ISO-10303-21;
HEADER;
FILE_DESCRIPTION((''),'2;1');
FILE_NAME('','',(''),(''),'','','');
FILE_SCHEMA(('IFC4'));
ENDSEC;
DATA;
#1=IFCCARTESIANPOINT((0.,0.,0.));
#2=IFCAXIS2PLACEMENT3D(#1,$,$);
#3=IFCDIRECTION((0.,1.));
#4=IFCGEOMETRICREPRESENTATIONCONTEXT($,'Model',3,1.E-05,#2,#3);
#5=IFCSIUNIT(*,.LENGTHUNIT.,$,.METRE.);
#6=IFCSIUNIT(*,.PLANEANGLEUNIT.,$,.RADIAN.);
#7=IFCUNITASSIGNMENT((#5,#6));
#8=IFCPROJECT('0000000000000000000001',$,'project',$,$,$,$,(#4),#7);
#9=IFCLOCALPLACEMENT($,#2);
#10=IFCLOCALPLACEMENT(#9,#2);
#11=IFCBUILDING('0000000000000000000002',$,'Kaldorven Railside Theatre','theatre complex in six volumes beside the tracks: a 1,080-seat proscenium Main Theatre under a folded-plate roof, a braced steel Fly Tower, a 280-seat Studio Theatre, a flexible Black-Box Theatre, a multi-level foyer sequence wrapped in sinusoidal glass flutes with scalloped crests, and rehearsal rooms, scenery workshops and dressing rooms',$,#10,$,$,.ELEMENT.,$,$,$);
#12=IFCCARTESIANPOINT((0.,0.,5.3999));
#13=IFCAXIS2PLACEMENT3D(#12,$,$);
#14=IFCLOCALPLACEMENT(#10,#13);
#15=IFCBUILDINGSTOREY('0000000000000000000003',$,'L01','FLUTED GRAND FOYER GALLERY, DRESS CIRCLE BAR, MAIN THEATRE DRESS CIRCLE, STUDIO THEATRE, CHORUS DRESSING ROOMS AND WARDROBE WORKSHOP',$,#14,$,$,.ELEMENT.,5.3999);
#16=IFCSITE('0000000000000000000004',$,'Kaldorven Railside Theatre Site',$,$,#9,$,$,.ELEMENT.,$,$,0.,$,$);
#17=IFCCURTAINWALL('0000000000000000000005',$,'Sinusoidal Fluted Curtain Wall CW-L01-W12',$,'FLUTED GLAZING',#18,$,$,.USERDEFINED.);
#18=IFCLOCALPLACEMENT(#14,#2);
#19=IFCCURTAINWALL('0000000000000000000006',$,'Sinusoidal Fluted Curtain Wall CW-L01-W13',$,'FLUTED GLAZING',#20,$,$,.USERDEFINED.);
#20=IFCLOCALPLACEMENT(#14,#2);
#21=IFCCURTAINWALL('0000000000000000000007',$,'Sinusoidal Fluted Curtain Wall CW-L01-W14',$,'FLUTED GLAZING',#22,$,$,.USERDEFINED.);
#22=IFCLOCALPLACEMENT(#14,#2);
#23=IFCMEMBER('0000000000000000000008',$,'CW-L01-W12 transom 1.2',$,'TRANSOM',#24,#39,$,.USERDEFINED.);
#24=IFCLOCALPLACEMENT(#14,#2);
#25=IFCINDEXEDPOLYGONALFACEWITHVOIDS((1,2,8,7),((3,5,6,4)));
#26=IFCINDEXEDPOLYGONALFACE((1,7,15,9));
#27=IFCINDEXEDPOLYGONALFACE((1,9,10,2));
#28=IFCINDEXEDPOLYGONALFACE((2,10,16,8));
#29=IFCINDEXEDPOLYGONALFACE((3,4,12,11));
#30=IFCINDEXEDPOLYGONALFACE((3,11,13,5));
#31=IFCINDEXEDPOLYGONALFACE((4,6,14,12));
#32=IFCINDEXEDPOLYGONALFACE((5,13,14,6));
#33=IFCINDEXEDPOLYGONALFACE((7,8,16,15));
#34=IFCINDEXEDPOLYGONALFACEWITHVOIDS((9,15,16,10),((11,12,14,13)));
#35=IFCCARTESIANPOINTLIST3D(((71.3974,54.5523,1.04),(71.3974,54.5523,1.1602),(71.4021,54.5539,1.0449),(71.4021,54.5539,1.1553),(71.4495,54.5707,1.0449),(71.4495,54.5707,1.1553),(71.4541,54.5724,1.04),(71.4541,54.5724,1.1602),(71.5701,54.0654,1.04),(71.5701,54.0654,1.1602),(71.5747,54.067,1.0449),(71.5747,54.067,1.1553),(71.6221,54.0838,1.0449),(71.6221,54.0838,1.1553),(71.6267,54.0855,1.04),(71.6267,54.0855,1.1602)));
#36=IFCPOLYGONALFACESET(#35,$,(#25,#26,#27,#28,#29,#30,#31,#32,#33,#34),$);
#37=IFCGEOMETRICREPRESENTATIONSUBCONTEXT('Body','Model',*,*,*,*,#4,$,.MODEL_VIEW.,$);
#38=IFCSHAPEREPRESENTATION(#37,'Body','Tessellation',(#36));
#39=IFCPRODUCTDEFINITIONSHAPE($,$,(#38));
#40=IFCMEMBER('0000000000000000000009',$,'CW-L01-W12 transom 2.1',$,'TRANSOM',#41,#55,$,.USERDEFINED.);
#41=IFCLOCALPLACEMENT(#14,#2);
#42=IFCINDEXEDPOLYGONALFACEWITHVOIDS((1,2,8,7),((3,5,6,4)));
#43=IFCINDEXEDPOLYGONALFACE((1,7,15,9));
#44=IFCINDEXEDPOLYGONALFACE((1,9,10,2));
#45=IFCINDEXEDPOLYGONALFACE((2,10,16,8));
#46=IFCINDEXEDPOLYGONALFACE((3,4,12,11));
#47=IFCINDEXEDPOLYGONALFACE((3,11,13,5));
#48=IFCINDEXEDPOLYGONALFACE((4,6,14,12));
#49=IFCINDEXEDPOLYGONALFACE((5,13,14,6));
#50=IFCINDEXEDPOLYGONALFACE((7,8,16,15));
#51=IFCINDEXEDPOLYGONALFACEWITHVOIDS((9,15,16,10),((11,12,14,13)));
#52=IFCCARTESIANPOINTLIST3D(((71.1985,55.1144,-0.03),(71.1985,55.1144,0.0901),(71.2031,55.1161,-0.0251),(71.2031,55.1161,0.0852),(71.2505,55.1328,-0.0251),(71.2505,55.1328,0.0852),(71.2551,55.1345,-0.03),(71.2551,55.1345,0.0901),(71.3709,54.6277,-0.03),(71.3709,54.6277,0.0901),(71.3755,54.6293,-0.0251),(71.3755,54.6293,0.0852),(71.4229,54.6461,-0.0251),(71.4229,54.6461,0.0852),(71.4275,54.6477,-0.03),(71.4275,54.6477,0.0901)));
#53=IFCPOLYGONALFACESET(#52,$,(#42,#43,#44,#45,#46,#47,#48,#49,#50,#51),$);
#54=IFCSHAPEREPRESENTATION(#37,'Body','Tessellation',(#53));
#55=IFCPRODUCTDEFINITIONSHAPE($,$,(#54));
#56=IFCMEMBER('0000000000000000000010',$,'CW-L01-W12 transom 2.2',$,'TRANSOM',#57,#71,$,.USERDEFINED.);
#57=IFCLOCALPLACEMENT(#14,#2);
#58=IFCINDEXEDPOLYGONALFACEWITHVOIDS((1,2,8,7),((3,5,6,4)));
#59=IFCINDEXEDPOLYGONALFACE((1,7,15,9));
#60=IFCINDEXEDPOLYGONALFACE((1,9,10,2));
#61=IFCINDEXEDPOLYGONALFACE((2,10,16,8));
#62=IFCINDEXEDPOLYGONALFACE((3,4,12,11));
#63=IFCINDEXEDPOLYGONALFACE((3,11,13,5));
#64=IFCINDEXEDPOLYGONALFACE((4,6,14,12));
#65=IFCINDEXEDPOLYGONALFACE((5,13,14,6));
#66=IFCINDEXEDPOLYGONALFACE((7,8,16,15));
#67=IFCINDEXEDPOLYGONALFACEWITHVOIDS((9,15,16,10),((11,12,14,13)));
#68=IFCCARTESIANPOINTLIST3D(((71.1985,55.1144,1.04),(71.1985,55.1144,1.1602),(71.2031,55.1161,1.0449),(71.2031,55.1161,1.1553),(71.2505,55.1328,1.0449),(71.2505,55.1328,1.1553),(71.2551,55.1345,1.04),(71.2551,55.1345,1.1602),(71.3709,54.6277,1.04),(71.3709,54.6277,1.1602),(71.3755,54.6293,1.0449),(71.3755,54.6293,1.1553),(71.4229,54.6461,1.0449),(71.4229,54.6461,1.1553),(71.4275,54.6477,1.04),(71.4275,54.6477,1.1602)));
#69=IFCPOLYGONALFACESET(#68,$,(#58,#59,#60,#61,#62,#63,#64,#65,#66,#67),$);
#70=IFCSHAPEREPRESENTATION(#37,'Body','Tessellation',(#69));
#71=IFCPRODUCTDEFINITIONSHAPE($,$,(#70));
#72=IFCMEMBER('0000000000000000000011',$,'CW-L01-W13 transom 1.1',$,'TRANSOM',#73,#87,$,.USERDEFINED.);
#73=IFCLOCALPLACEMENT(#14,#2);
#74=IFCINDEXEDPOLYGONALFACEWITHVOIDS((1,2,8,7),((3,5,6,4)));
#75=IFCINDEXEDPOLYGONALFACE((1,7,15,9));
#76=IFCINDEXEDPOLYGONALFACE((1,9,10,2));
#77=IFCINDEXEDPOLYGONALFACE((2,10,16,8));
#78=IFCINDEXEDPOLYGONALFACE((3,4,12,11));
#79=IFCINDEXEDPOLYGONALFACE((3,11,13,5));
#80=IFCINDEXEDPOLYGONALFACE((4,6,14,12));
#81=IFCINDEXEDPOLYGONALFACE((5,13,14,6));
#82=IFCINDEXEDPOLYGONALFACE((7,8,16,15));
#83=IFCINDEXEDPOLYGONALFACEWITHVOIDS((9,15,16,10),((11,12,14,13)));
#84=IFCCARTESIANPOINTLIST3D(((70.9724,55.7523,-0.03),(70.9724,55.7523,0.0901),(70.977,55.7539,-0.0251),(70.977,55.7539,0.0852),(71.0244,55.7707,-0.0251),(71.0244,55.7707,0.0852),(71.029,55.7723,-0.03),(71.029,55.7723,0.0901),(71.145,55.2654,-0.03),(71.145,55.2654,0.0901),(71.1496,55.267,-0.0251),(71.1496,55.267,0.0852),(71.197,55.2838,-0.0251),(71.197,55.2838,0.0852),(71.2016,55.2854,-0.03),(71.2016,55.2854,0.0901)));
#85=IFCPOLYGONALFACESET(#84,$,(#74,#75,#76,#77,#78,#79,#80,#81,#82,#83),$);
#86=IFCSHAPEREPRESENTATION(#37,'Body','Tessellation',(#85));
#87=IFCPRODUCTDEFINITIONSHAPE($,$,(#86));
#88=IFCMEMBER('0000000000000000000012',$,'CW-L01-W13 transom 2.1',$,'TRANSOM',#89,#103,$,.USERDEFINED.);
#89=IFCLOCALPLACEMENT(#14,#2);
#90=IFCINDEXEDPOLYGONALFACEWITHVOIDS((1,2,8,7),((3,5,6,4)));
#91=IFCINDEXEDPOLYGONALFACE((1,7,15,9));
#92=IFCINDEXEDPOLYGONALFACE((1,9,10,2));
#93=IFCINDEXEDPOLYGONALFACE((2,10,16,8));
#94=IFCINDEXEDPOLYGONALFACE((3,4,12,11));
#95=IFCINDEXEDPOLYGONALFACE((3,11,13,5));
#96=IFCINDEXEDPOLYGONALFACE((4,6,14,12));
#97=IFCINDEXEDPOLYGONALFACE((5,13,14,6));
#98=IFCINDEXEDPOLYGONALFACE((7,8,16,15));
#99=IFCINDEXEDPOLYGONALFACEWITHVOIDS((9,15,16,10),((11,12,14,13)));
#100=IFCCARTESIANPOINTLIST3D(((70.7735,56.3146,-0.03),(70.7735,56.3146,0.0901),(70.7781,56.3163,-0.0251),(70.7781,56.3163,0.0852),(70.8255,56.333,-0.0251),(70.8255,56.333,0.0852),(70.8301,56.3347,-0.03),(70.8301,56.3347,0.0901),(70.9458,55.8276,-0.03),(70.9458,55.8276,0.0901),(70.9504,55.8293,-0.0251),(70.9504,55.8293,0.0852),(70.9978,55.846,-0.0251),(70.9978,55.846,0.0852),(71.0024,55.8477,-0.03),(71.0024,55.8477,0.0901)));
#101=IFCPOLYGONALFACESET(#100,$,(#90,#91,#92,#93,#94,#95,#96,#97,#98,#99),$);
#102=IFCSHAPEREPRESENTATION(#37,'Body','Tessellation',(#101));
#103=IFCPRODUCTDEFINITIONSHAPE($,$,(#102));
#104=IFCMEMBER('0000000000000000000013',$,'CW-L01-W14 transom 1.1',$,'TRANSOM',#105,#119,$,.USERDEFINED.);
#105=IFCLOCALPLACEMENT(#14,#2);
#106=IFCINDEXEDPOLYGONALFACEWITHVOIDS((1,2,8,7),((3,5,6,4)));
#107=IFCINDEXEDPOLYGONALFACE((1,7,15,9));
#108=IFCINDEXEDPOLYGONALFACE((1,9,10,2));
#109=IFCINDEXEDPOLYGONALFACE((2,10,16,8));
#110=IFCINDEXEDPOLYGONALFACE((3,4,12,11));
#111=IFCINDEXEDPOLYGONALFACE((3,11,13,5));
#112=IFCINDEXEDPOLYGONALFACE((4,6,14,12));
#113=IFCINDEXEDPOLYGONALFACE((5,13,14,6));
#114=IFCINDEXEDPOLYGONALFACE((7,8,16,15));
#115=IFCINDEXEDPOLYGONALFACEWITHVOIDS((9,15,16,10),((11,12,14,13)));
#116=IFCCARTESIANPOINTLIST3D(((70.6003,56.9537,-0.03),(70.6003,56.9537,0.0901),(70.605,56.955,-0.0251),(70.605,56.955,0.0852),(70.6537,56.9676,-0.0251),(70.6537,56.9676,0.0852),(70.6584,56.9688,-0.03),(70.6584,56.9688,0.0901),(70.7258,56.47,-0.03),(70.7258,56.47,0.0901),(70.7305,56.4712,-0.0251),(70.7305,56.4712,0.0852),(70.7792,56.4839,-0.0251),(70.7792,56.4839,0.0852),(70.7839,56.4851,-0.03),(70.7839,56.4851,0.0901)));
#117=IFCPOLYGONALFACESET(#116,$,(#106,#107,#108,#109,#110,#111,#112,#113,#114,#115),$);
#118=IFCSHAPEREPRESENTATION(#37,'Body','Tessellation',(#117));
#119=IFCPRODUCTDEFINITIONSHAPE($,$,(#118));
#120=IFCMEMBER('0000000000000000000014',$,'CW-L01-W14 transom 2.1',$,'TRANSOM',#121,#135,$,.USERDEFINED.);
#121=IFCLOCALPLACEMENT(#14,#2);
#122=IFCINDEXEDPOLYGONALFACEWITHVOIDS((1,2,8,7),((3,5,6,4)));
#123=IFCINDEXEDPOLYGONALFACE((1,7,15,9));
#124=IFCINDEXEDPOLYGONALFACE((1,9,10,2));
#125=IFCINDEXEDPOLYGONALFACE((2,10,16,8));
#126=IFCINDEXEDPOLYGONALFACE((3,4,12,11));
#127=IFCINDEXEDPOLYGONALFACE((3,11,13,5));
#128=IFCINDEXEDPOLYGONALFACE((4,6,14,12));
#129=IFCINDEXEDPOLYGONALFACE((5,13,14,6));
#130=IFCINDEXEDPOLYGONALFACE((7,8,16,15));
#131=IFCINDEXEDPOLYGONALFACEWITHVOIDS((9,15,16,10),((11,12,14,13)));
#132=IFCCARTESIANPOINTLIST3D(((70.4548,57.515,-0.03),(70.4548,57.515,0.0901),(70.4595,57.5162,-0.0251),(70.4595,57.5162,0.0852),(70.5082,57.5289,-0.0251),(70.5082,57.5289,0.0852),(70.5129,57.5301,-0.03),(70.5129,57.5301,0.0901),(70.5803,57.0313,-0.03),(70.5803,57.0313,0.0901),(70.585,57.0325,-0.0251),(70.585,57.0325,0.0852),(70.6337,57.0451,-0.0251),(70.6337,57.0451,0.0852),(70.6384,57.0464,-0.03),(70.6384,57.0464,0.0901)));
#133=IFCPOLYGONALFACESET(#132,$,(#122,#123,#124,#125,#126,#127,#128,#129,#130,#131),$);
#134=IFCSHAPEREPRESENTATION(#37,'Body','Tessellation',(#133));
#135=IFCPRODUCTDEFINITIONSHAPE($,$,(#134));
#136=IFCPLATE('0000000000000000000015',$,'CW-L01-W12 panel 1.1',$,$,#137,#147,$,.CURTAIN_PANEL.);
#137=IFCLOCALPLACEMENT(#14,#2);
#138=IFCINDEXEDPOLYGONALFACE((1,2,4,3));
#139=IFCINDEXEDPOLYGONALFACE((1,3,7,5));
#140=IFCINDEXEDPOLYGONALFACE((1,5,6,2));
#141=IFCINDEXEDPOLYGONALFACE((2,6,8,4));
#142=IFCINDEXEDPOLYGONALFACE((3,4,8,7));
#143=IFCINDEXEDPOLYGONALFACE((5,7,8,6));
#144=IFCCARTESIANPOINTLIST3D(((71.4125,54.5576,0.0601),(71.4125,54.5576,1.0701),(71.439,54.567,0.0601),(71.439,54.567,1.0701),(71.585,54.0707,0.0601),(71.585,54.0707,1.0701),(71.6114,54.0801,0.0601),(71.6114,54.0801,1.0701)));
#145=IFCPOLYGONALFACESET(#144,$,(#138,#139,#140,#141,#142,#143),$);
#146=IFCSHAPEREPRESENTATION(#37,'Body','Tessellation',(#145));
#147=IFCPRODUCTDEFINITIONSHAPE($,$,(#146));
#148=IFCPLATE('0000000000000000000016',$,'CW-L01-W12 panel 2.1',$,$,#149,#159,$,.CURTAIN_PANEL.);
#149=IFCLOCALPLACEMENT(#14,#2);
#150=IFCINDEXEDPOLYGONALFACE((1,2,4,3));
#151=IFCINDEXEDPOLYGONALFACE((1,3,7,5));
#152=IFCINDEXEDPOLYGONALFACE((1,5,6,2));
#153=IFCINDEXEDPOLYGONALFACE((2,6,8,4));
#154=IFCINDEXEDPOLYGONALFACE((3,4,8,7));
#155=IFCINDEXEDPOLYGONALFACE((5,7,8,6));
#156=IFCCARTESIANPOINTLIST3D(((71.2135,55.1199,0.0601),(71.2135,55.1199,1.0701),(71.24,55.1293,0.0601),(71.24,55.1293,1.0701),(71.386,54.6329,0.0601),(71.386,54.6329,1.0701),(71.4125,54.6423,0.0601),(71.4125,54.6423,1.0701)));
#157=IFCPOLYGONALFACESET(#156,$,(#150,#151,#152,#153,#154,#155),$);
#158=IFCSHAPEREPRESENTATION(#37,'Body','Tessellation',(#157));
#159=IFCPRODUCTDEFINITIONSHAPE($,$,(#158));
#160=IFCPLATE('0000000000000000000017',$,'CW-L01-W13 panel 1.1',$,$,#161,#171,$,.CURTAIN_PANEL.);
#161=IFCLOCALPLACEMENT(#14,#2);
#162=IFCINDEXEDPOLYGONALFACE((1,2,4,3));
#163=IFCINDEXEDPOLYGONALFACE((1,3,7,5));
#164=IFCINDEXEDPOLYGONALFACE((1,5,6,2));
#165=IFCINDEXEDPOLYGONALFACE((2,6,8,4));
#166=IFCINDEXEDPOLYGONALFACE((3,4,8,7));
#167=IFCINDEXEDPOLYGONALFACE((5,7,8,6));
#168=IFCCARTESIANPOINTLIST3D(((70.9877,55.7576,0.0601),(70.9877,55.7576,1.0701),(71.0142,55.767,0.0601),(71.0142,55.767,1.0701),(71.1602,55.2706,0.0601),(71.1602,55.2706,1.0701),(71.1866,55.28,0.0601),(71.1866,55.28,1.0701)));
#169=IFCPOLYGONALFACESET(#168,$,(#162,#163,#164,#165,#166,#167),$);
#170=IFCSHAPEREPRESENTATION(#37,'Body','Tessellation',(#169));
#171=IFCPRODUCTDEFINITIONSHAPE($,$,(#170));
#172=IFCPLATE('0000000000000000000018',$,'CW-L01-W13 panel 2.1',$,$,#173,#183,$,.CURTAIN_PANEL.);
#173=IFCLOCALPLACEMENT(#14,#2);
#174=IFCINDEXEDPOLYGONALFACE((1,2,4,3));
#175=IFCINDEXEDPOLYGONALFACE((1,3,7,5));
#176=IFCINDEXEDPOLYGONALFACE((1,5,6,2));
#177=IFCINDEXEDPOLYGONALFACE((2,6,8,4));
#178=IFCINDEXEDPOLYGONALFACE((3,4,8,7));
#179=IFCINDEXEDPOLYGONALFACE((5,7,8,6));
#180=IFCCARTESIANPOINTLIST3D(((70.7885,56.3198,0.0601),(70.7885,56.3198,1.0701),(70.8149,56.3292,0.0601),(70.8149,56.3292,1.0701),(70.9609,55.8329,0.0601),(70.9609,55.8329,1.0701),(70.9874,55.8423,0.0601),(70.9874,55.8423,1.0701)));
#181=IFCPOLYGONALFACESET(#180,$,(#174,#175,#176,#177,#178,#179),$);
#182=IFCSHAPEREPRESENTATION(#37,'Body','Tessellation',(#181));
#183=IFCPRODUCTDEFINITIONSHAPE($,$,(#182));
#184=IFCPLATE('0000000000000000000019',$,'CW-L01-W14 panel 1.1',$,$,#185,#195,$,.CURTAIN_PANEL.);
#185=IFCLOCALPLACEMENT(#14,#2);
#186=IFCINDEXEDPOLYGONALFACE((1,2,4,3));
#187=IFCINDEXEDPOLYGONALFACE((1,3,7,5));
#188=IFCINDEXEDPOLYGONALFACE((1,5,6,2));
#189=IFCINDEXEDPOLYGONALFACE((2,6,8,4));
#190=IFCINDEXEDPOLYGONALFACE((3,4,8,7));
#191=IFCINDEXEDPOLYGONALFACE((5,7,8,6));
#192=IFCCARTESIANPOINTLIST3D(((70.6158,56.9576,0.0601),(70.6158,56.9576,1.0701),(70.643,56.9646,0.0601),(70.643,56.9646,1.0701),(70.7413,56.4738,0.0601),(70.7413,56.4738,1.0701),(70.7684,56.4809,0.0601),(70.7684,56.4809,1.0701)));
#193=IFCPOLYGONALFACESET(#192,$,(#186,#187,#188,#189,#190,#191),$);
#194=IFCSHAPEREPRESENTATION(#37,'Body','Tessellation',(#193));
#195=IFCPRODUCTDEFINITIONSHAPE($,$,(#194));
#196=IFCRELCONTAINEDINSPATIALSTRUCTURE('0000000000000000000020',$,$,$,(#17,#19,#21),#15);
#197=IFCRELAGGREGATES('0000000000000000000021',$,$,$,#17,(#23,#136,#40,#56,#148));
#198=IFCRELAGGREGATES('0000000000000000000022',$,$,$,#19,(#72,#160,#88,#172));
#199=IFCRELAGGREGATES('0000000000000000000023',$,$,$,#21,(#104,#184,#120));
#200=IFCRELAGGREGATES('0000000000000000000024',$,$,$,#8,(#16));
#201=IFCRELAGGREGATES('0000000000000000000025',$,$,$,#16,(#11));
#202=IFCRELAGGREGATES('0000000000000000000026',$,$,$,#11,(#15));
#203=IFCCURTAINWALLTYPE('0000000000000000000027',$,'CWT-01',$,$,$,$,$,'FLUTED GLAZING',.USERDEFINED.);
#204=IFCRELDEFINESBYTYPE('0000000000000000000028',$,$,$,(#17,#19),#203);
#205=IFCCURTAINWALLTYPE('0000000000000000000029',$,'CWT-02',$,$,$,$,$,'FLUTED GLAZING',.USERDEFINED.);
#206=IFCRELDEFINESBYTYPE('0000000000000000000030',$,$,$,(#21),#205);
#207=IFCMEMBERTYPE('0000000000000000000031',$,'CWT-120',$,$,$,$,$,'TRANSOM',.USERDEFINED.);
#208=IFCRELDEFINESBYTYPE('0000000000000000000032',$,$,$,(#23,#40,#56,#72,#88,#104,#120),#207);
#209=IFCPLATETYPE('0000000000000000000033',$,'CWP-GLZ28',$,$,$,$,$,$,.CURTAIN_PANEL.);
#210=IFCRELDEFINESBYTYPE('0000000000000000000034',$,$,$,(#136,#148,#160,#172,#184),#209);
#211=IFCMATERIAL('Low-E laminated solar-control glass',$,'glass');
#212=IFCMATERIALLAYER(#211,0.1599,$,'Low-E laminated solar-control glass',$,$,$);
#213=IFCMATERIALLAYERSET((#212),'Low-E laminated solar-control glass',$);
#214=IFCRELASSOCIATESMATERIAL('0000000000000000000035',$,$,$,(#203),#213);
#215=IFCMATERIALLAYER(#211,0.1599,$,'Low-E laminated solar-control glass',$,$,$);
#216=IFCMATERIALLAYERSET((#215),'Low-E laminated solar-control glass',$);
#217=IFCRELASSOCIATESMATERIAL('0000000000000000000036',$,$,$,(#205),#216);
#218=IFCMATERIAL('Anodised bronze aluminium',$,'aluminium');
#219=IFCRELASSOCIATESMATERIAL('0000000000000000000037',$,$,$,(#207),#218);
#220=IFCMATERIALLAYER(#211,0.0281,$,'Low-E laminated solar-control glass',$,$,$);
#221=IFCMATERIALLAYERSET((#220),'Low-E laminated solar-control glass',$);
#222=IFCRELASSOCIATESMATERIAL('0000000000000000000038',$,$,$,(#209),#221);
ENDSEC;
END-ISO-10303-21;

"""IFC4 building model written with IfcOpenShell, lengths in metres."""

from ifc_helpers import new_model, si_unit, direction, frame, origin, origin_2d, place, context, subcontext, project, spatial, rectangle, hollow_rectangle, extrude, material, layer, layer_set, material_profile, profile_set, type_object, element, aggregate, save


model = new_model("IFC4")

# Units and contexts
model_context = context("Model", 3, precision=1e-05, world=origin(), true_north=direction((0.0, 1.0)))
body_context = subcontext(model_context, "Body", "Model", "MODEL_VIEW")
ifc_project = project(units=[si_unit("LENGTHUNIT", "METRE"), si_unit("PLANEANGLEUNIT", "RADIAN")], contexts=[model_context])

# Site, building, storey
site_placement = place(None, origin())
site = spatial("IfcSite", under=ifc_project, at=site_placement, Name="Kaldorven Railside Theatre Site", CompositionType="ELEMENT", RefElevation=0.0)
building_placement = place(site_placement, origin())
building = spatial("IfcBuilding", under=site, at=building_placement, Name="Kaldorven Railside Theatre", Description="theatre complex in six volumes beside the tracks: a 1,080-seat proscenium Main Theatre under a folded-plate roof, a braced steel Fly Tower, a 280-seat Studio Theatre, a flexible Black-Box Theatre, a multi-level foyer sequence wrapped in sinusoidal glass flutes with scalloped crests, and rehearsal rooms, scenery workshops and dressing rooms", CompositionType="ELEMENT")
storey_placement = place(building_placement, frame((0.0, 0.0, 5.3999)))
storey = spatial("IfcBuildingStorey", under=building, at=storey_placement, Name="L01", Description="FLUTED GRAND FOYER GALLERY, DRESS CIRCLE BAR, MAIN THEATRE DRESS CIRCLE, STUDIO THEATRE, CHORUS DRESSING ROOMS AND WARDROBE WORKSHOP", CompositionType="ELEMENT", Elevation=5.3999)

# Curtain walls
ifc_material_1 = material(Name="Low-E laminated solar-control glass", Category="glass")
ifc_layer_1 = layer(ifc_material_1, 0.1599, Name="Low-E laminated solar-control glass")
ifc_layer_set_1 = layer_set([ifc_layer_1], Name="Low-E laminated solar-control glass")
curtain_wall_type_1 = type_object("IfcCurtainWallType", Name="CWT-01", ElementType="FLUTED GLAZING", PredefinedType="USERDEFINED", material=ifc_layer_set_1)
curtain_wall_1_placement = place(storey_placement, origin())
curtain_wall_1 = element("IfcCurtainWall", 1, at=curtain_wall_1_placement, inside=storey, type_object=curtain_wall_type_1, Name="Sinusoidal Fluted Curtain Wall CW-L01-W12", ObjectType="FLUTED GLAZING", PredefinedType="USERDEFINED")
ifc_material_2 = material(Name="Anodised bronze aluminium", Category="aluminium")
curtain_wall_2_placement = place(storey_placement, origin())
curtain_wall_2 = element("IfcCurtainWall", 2, at=curtain_wall_2_placement, inside=storey, type_object=curtain_wall_type_1, Name="Sinusoidal Fluted Curtain Wall CW-L01-W13", ObjectType="FLUTED GLAZING", PredefinedType="USERDEFINED")
ifc_layer_2 = layer(ifc_material_1, 0.1599, Name="Low-E laminated solar-control glass")
ifc_layer_set_2 = layer_set([ifc_layer_2], Name="Low-E laminated solar-control glass")
curtain_wall_type_2 = type_object("IfcCurtainWallType", Name="CWT-02", ElementType="FLUTED GLAZING", PredefinedType="USERDEFINED", material=ifc_layer_set_2)
curtain_wall_3_placement = place(storey_placement, origin())
curtain_wall_3 = element("IfcCurtainWall", 3, at=curtain_wall_3_placement, inside=storey, type_object=curtain_wall_type_2, Name="Sinusoidal Fluted Curtain Wall CW-L01-W14", ObjectType="FLUTED GLAZING", PredefinedType="USERDEFINED")

# Members
ifc_material_profile_1 = material_profile(ifc_material_2, hollow_rectangle(XDim=0.0601, YDim=0.1201, WallThickness=0.0049, at=origin_2d()), Name="RHS 120x60x5")
ifc_profile_set_1 = profile_set([ifc_material_profile_1], Name="Anodised bronze aluminium")
member_type_1 = type_object("IfcMemberType", Name="CWT-120", ElementType="TRANSOM", PredefinedType="USERDEFINED", material=ifc_profile_set_1)
member_1_placement = place(storey_placement, frame((71.5984, 54.0754, 1.1001), z_axis=(-0.33418, 0.942509, 0.0), x_axis=(-0.942509, -0.33418, 0.0)))
member_1 = element("IfcMember", 4, at=member_1_placement, type_object=member_type_1, Name="CW-L01-W12 transom 1.2", ObjectType="TRANSOM", PredefinedType="USERDEFINED", context=body_context, shape_type="SweptSolid", body=[
    extrude(hollow_rectangle(XDim=0.0601, YDim=0.1201, WallThickness=0.0049, at=origin_2d()), origin(), (0.0, 0.0, 1.0), 0.5166),
])
member_2_placement = place(storey_placement, frame((71.3992, 54.6377, 0.03), z_axis=(-0.33376, 0.942658, 0.0), x_axis=(-0.942658, -0.33376, 0.0)))
member_2 = element("IfcMember", 5, at=member_2_placement, type_object=member_type_1, Name="CW-L01-W12 transom 2.1", ObjectType="TRANSOM", PredefinedType="USERDEFINED", context=body_context, shape_type="SweptSolid", body=[
    extrude(hollow_rectangle(XDim=0.0601, YDim=0.1201, WallThickness=0.0049, at=origin_2d()), origin(), (0.0, 0.0, 1.0), 0.5164),
])
member_3_placement = place(storey_placement, frame((71.3992, 54.6377, 1.1001), z_axis=(-0.33376, 0.942658, 0.0), x_axis=(-0.942658, -0.33376, 0.0)))
member_3 = element("IfcMember", 6, at=member_3_placement, type_object=member_type_1, Name="CW-L01-W12 transom 2.2", ObjectType="TRANSOM", PredefinedType="USERDEFINED", context=body_context, shape_type="SweptSolid", body=[
    extrude(hollow_rectangle(XDim=0.0601, YDim=0.1201, WallThickness=0.0049, at=origin_2d()), origin(), (0.0, 0.0, 1.0), 0.5164),
])
member_4_placement = place(storey_placement, frame((71.1733, 55.2754, 0.03), z_axis=(-0.33418, 0.942509, 0.0), x_axis=(-0.942509, -0.33418, 0.0)))
member_4 = element("IfcMember", 7, at=member_4_placement, type_object=member_type_1, Name="CW-L01-W13 transom 1.1", ObjectType="TRANSOM", PredefinedType="USERDEFINED", context=body_context, shape_type="SweptSolid", body=[
    extrude(hollow_rectangle(XDim=0.0601, YDim=0.1201, WallThickness=0.0049, at=origin_2d()), origin(), (0.0, 0.0, 1.0), 0.5166),
])
member_5_placement = place(storey_placement, frame((70.9741, 55.8376, 0.03), z_axis=(-0.333611, 0.942711, 0.0), x_axis=(-0.942711, -0.333611, 0.0)))
member_5 = element("IfcMember", 8, at=member_5_placement, type_object=member_type_1, Name="CW-L01-W13 transom 2.1", ObjectType="TRANSOM", PredefinedType="USERDEFINED", context=body_context, shape_type="SweptSolid", body=[
    extrude(hollow_rectangle(XDim=0.0601, YDim=0.1201, WallThickness=0.0049, at=origin_2d()), origin(), (0.0, 0.0, 1.0), 0.5166),
])
member_6_placement = place(storey_placement, frame((70.7549, 56.4775, 0.03), z_axis=(-0.251149, 0.967949, 0.0), x_axis=(-0.967949, -0.251149, 0.0)))
member_6 = element("IfcMember", 9, at=member_6_placement, type_object=member_type_1, Name="CW-L01-W14 transom 1.1", ObjectType="TRANSOM", PredefinedType="USERDEFINED", context=body_context, shape_type="SweptSolid", body=[
    extrude(hollow_rectangle(XDim=0.0601, YDim=0.1201, WallThickness=0.0049, at=origin_2d()), origin(), (0.0, 0.0, 1.0), 0.4998),
])
member_7_placement = place(storey_placement, frame((70.6094, 57.0388, 0.03), z_axis=(-0.251149, 0.967949, 0.0), x_axis=(-0.967949, -0.251149, 0.0)))
member_7 = element("IfcMember", 10, at=member_7_placement, type_object=member_type_1, Name="CW-L01-W14 transom 2.1", ObjectType="TRANSOM", PredefinedType="USERDEFINED", context=body_context, shape_type="SweptSolid", body=[
    extrude(hollow_rectangle(XDim=0.0601, YDim=0.1201, WallThickness=0.0049, at=origin_2d()), origin(), (0.0, 0.0, 1.0), 0.4998),
])

# Plates
ifc_layer_3 = layer(ifc_material_1, 0.0281, Name="Low-E laminated solar-control glass")
ifc_layer_set_3 = layer_set([ifc_layer_3], Name="Low-E laminated solar-control glass")
plate_type = type_object("IfcPlateType", Name="CWP-GLZ28", PredefinedType="CURTAIN_PANEL", material=ifc_layer_set_3)
plate_1_placement = place(storey_placement, frame((71.512, 54.3188, 0.0601), z_axis=(0.0, 0.0, 1.0), x_axis=(-0.333847, 0.942627, 0.0)))
plate_1 = element("IfcPlate", 11, at=plate_1_placement, type_object=plate_type, Name="CW-L01-W12 panel 1.1", PredefinedType="CURTAIN_PANEL", context=body_context, shape_type="SweptSolid", body=[
    extrude(rectangle(XDim=0.5166, YDim=0.0281, at=origin_2d()), origin(), (0.0, 0.0, 1.0), 1.01),
])
plate_2_placement = place(storey_placement, frame((71.313, 54.8811, 0.0601), z_axis=(0.0, 0.0, 1.0), x_axis=(-0.333847, 0.942627, 0.0)))
plate_2 = element("IfcPlate", 12, at=plate_2_placement, type_object=plate_type, Name="CW-L01-W12 panel 2.1", PredefinedType="CURTAIN_PANEL", context=body_context, shape_type="SweptSolid", body=[
    extrude(rectangle(XDim=0.5166, YDim=0.0281, at=origin_2d()), origin(), (0.0, 0.0, 1.0), 1.01),
])
aggregate(curtain_wall_1, [member_1, plate_1, member_2, member_3, plate_2])
plate_3_placement = place(storey_placement, frame((71.0872, 55.5188, 0.0601), z_axis=(0.0, 0.0, 1.0), x_axis=(-0.333847, 0.942627, 0.0)))
plate_3 = element("IfcPlate", 13, at=plate_3_placement, type_object=plate_type, Name="CW-L01-W13 panel 1.1", PredefinedType="CURTAIN_PANEL", context=body_context, shape_type="SweptSolid", body=[
    extrude(rectangle(XDim=0.5166, YDim=0.0281, at=origin_2d()), origin(), (0.0, 0.0, 1.0), 1.01),
])
plate_4_placement = place(storey_placement, frame((70.8879, 56.0811, 0.0601), z_axis=(0.0, 0.0, 1.0), x_axis=(-0.333847, 0.942627, 0.0)))
plate_4 = element("IfcPlate", 14, at=plate_4_placement, type_object=plate_type, Name="CW-L01-W13 panel 2.1", PredefinedType="CURTAIN_PANEL", context=body_context, shape_type="SweptSolid", body=[
    extrude(rectangle(XDim=0.5166, YDim=0.0281, at=origin_2d()), origin(), (0.0, 0.0, 1.0), 1.01),
])
aggregate(curtain_wall_2, [member_4, plate_3, member_5, plate_4])
plate_5_placement = place(storey_placement, frame((70.6921, 56.7192, 0.0601), z_axis=(0.0, 0.0, 1.0), x_axis=(-0.250954, 0.967999, 0.0)))
plate_5 = element("IfcPlate", 15, at=plate_5_placement, type_object=plate_type, Name="CW-L01-W14 panel 1.1", PredefinedType="CURTAIN_PANEL", context=body_context, shape_type="SweptSolid", body=[
    extrude(rectangle(XDim=0.4998, YDim=0.0281, at=origin_2d()), origin(), (0.0, 0.0, 1.0), 1.01),
])
aggregate(curtain_wall_3, [member_6, plate_5, member_7])

save(model, "model.ifc")
